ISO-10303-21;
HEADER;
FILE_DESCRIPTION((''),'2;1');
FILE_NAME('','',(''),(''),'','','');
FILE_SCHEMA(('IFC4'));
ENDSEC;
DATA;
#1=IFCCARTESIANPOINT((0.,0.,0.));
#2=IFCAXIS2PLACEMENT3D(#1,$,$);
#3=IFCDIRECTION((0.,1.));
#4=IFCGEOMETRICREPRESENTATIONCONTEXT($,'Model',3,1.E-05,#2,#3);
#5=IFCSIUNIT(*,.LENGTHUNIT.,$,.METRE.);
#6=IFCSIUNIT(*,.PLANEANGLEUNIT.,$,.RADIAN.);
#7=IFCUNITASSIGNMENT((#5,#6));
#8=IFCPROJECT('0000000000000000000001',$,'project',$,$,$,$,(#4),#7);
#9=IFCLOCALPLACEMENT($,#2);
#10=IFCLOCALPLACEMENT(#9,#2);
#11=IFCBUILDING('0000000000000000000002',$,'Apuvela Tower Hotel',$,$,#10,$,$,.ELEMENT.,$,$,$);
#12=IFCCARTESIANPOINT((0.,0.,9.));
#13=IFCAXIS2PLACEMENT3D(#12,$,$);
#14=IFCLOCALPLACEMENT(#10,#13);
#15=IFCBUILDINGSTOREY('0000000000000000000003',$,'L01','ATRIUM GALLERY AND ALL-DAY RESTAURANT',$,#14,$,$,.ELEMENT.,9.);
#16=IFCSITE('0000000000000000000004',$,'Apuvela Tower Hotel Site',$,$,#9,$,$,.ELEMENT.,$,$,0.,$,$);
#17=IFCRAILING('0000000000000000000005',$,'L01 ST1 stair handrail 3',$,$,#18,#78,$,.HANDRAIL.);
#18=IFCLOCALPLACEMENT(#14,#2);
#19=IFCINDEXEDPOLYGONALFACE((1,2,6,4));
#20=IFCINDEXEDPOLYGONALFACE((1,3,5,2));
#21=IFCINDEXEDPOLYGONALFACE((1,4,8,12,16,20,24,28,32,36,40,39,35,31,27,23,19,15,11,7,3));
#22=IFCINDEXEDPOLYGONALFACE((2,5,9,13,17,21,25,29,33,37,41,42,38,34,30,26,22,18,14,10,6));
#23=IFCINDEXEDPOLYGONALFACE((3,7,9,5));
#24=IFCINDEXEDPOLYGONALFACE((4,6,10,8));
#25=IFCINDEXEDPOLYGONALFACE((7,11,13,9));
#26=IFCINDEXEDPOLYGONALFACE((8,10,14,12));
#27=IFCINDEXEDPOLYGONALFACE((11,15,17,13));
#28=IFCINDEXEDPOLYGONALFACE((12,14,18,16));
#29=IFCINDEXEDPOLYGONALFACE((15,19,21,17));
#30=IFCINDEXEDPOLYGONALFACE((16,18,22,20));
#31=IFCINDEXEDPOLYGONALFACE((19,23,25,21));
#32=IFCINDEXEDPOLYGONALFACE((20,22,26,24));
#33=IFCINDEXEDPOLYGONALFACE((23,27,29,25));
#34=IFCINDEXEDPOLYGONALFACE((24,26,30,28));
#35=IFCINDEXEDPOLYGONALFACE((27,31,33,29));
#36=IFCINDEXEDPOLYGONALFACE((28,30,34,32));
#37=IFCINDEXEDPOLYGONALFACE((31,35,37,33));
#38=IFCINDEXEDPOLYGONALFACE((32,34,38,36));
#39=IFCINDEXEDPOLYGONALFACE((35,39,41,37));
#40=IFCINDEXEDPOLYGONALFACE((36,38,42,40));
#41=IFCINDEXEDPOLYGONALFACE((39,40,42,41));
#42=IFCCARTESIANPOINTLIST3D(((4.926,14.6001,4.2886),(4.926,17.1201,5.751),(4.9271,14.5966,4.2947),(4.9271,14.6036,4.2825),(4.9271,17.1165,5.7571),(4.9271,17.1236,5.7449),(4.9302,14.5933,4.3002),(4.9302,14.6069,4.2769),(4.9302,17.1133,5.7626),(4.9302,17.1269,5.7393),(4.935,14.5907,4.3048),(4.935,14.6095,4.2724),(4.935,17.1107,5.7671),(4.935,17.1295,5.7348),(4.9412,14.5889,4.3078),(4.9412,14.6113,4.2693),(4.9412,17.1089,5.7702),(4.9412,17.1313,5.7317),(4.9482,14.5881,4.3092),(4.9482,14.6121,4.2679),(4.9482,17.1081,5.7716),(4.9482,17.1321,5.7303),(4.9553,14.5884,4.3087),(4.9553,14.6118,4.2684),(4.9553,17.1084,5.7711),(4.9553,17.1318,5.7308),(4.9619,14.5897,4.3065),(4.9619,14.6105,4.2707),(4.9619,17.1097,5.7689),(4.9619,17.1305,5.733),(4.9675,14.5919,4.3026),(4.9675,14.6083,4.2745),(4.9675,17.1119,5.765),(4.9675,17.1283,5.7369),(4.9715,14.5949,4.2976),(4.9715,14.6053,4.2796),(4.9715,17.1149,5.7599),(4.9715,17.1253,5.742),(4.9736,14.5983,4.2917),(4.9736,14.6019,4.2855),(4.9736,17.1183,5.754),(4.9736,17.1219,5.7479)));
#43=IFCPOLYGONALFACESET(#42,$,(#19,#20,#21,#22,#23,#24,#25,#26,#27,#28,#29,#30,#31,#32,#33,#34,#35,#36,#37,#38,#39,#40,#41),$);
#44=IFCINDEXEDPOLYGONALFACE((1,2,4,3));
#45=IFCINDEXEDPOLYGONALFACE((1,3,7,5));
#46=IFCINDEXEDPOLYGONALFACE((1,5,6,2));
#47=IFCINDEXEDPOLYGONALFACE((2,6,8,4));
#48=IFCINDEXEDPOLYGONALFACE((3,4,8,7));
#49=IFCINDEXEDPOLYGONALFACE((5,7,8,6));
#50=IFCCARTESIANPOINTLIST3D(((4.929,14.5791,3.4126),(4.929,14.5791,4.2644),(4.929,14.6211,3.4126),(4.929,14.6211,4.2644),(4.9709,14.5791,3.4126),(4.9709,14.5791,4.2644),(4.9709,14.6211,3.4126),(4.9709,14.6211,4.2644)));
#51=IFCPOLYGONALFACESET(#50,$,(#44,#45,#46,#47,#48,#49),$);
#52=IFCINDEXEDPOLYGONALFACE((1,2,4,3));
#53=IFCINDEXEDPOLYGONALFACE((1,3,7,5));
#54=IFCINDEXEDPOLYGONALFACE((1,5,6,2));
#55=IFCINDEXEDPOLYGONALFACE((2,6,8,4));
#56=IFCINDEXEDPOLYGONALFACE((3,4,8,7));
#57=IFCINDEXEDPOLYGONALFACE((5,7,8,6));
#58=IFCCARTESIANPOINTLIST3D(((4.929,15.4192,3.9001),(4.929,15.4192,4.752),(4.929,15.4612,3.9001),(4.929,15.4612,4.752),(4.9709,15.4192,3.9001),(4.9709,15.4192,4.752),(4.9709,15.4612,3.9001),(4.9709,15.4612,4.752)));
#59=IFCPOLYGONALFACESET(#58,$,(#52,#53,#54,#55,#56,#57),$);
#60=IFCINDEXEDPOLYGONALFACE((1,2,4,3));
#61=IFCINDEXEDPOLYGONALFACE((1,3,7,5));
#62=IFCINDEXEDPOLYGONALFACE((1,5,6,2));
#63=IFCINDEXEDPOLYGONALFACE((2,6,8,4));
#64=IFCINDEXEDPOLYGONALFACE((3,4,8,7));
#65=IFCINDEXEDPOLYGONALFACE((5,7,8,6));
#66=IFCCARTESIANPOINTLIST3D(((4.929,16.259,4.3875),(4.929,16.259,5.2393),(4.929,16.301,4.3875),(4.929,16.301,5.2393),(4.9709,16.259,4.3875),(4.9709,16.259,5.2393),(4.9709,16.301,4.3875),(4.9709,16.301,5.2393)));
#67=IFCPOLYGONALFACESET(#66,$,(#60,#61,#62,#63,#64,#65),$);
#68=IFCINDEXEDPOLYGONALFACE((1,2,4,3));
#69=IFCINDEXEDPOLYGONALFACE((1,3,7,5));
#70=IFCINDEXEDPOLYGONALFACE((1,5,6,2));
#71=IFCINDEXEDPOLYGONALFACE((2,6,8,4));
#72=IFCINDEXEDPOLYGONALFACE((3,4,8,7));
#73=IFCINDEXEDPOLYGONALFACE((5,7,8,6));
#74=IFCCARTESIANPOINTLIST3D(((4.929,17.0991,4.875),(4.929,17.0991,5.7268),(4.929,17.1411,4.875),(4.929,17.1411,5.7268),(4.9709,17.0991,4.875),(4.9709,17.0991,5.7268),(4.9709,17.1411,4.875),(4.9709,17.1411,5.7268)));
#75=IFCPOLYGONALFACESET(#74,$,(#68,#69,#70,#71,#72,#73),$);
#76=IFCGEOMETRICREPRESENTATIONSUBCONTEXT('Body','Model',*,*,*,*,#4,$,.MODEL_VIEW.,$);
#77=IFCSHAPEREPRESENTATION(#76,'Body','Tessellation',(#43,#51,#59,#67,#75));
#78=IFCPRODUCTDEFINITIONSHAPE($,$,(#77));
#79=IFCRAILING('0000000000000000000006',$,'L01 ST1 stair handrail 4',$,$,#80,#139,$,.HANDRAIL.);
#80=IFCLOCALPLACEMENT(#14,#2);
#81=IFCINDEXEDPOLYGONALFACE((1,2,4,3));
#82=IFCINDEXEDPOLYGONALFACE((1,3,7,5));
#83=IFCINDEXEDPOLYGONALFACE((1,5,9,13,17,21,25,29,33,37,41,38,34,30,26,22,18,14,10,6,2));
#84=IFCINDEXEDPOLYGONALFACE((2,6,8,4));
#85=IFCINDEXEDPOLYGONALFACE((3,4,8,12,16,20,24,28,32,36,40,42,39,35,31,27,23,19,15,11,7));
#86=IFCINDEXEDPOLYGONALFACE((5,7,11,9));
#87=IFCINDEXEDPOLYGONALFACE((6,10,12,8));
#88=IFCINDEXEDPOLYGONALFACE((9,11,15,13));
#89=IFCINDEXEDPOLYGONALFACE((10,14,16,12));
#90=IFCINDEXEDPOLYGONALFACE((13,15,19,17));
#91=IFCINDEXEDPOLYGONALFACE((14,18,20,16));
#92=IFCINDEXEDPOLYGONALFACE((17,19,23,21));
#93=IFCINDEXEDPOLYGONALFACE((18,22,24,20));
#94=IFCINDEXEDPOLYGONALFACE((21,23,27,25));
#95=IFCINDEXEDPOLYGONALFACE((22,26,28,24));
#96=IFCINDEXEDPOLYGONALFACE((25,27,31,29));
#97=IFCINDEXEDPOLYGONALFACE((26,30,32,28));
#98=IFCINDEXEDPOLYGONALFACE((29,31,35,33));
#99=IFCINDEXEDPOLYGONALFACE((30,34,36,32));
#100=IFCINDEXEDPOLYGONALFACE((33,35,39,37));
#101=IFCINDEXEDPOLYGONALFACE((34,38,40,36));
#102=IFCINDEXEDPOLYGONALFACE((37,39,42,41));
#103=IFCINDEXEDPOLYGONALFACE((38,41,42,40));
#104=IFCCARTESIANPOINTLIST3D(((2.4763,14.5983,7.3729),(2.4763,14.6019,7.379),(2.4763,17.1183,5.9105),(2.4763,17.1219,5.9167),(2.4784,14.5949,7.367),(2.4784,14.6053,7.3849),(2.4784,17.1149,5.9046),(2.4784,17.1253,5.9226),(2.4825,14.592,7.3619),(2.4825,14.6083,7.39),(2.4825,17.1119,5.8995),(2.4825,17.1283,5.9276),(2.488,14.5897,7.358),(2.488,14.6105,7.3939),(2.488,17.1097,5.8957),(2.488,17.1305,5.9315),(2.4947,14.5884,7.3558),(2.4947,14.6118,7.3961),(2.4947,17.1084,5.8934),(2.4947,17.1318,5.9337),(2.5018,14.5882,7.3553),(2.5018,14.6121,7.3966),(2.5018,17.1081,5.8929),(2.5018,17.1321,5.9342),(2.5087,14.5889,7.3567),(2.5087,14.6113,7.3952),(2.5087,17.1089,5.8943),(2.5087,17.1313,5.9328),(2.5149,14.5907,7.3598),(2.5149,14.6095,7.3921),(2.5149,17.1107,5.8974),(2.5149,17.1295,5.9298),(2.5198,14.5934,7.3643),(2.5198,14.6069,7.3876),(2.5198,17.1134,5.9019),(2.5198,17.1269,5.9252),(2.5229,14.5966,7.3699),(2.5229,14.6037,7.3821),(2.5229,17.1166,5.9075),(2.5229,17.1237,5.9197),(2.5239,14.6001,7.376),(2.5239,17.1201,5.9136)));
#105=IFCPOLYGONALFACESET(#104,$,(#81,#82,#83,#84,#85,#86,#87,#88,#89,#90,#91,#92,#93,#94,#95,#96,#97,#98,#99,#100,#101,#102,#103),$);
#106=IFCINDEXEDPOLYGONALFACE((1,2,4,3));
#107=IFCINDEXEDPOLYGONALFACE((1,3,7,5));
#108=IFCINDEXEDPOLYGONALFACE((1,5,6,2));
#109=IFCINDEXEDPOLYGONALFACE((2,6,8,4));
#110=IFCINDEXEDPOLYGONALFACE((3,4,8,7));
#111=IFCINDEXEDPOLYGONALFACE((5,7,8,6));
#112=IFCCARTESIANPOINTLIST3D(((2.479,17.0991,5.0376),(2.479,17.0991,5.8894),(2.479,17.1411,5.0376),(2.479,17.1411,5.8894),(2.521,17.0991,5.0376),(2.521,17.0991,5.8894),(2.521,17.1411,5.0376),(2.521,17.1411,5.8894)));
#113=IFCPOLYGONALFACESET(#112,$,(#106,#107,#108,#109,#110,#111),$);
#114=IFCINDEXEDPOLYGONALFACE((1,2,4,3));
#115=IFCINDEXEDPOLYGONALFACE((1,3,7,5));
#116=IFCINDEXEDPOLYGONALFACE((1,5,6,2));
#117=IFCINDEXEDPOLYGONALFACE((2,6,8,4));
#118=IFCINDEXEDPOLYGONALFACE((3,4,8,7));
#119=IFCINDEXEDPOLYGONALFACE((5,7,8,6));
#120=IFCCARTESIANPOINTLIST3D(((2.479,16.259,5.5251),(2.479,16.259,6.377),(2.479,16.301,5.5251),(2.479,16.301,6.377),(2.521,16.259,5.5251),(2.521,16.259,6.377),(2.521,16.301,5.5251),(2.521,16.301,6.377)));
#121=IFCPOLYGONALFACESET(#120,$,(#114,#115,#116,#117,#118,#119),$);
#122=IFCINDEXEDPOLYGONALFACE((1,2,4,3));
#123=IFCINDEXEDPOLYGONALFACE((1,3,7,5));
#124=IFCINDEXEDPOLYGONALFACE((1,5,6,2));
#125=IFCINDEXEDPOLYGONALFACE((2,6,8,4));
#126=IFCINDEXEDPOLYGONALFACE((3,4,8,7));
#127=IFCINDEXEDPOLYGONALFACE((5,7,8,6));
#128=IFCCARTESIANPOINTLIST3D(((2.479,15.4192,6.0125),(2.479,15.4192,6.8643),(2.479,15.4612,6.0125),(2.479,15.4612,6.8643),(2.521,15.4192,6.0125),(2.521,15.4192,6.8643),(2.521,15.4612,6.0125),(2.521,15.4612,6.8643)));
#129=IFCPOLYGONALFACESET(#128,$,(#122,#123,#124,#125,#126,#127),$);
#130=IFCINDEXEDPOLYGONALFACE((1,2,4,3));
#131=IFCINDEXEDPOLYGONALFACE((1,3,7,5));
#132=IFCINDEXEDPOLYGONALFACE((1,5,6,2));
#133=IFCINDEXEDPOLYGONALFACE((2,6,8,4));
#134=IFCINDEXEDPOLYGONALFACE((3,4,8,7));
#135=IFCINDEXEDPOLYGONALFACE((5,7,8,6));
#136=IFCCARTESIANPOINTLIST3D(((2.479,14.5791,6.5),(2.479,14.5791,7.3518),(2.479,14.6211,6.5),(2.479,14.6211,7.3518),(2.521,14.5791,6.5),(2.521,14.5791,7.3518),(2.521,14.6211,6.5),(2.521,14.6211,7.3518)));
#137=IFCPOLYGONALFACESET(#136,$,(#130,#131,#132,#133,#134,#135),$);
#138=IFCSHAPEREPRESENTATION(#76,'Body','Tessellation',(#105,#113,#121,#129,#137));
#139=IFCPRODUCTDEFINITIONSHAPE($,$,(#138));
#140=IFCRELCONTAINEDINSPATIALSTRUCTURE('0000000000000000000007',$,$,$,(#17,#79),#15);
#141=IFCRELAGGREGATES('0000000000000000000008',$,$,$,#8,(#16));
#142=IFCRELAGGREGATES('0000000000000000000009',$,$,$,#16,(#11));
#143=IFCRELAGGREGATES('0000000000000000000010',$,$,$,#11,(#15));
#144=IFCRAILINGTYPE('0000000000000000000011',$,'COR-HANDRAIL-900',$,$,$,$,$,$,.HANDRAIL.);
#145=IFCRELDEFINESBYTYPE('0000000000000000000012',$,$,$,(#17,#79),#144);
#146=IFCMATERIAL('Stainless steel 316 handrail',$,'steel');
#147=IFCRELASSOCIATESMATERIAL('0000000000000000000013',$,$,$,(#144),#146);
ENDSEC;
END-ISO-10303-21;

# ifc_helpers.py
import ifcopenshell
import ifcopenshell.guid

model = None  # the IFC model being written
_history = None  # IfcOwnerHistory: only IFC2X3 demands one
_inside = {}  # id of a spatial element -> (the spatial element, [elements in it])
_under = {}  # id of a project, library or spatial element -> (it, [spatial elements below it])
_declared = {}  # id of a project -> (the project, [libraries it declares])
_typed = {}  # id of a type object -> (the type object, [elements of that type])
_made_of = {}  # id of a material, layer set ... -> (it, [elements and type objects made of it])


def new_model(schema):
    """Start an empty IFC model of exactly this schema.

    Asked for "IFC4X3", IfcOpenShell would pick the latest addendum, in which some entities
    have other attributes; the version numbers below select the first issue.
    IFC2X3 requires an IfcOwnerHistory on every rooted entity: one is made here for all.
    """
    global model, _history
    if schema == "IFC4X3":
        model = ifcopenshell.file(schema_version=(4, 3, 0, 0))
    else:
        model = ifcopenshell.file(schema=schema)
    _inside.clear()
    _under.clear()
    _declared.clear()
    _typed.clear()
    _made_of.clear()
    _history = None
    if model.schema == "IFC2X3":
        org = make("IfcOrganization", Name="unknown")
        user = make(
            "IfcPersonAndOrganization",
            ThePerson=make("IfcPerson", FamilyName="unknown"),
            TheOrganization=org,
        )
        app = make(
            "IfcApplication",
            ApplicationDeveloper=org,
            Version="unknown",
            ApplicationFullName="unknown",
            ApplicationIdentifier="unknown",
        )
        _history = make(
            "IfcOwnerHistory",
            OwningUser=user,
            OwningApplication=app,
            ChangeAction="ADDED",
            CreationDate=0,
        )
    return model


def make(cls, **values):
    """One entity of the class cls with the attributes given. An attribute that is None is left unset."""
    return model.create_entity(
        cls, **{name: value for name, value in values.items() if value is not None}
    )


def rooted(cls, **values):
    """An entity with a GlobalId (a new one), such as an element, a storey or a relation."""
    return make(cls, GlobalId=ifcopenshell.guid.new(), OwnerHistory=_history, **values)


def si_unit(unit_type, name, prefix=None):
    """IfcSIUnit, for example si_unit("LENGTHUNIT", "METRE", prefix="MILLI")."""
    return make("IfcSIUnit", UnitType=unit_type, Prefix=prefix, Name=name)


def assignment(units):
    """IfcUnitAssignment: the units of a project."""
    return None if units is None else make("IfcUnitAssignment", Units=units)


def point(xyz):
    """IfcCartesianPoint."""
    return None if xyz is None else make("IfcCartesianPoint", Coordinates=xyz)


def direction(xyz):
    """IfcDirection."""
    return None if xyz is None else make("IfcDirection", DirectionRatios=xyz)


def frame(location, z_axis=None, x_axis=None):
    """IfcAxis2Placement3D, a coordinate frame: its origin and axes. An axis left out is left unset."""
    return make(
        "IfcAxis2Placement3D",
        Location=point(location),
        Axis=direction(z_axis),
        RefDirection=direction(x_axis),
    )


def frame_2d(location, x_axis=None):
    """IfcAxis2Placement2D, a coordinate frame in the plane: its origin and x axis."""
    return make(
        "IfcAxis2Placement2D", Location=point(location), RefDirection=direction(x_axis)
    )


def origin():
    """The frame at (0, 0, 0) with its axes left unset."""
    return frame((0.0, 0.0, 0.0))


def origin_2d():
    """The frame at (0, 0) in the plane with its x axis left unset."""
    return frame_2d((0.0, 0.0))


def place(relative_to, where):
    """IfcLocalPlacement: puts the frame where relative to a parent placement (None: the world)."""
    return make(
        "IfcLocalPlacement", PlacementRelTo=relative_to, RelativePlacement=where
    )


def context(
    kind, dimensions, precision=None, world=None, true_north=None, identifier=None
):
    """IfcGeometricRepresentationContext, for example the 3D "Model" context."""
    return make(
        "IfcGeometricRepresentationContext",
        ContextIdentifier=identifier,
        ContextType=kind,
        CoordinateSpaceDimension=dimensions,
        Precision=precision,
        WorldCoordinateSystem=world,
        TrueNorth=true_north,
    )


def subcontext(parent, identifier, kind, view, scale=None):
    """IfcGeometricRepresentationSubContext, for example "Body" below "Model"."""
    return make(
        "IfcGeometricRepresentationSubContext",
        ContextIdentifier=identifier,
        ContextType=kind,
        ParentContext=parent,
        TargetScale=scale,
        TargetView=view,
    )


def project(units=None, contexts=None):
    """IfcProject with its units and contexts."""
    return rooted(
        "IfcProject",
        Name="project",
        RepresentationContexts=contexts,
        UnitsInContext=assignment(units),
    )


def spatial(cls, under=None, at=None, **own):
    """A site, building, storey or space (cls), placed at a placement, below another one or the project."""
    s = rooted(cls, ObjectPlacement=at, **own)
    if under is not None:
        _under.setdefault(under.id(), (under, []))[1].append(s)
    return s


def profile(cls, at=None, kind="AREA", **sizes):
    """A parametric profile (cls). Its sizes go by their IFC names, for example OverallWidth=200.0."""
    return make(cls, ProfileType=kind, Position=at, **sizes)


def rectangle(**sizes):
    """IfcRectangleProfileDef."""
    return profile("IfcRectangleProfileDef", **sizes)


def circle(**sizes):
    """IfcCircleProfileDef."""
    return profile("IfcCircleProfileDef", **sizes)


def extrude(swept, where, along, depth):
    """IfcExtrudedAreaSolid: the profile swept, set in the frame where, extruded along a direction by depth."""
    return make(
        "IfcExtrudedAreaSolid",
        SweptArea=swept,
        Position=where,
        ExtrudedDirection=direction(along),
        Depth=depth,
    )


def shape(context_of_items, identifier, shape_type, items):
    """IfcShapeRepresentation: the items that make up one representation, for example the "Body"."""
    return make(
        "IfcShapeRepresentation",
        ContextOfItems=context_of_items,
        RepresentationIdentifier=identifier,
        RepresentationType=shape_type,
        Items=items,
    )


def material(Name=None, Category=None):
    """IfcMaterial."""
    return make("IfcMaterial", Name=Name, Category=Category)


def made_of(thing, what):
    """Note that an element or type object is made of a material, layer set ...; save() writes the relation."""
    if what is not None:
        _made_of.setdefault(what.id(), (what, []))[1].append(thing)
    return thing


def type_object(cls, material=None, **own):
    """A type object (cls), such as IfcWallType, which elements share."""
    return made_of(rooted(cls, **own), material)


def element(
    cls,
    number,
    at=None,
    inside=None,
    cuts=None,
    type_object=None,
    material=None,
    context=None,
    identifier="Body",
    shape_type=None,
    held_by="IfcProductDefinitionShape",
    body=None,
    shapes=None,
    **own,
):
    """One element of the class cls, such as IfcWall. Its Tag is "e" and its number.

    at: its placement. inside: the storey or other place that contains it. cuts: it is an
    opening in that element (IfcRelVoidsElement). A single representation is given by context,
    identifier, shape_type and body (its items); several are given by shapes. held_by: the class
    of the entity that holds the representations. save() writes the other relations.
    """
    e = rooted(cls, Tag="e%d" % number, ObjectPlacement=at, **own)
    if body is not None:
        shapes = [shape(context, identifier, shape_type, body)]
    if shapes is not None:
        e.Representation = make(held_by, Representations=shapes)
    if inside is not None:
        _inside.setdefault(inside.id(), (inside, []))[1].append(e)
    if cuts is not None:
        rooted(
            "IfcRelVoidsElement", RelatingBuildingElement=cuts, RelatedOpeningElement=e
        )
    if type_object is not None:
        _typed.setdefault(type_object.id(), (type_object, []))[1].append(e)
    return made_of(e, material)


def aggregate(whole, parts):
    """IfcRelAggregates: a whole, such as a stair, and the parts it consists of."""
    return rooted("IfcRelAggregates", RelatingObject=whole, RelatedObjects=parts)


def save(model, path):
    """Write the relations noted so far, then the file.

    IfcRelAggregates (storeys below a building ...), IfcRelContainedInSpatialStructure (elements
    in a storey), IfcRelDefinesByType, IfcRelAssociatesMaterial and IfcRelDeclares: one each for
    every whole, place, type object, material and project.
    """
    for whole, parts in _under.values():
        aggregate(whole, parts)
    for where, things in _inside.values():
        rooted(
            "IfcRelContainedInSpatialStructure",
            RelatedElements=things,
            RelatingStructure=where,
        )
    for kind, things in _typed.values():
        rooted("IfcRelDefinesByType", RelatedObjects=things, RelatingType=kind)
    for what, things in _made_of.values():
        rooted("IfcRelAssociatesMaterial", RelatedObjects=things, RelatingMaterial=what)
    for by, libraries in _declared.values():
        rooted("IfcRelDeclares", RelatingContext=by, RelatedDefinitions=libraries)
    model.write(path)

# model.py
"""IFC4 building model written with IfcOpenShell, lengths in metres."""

from ifc_helpers import new_model, si_unit, direction, frame, origin, origin_2d, place, context, subcontext, project, spatial, rectangle, circle, extrude, material, type_object, element, save


model = new_model("IFC4")

# Units and contexts
model_context = context("Model", 3, precision=1e-05, world=origin(), true_north=direction((0.0, 1.0)))
body_context = subcontext(model_context, "Body", "Model", "MODEL_VIEW")
ifc_project = project(units=[si_unit("LENGTHUNIT", "METRE"), si_unit("PLANEANGLEUNIT", "RADIAN")], contexts=[model_context])

# Site, building, storey
site_placement = place(None, origin())
site = spatial("IfcSite", under=ifc_project, at=site_placement, Name="Apuvela Tower Hotel Site", CompositionType="ELEMENT", RefElevation=0.0)
building_placement = place(site_placement, origin())
building = spatial("IfcBuilding", under=site, at=building_placement, Name="Apuvela Tower Hotel", CompositionType="ELEMENT")
storey_placement = place(building_placement, frame((0.0, 0.0, 9.0)))
storey = spatial("IfcBuildingStorey", under=building, at=storey_placement, Name="L01", Description="ATRIUM GALLERY AND ALL-DAY RESTAURANT", CompositionType="ELEMENT", Elevation=9.0)

# Railings
ifc_material_1 = material(Name="Stainless steel 316 handrail", Category="steel")
railing_type_1 = type_object("IfcRailingType", Name="COR-HANDRAIL-900", PredefinedType="HANDRAIL", material=ifc_material_1)
railing_1_placement = place(storey_placement, frame((4.95, 14.6001, 3.4126)))
element("IfcRailing", 1, at=railing_1_placement, inside=storey, type_object=railing_type_1, Name="L01 ST1 stair handrail 3", PredefinedType="HANDRAIL", context=body_context, shape_type="SweptSolid", body=[
    extrude(circle(Radius=0.0239, at=origin_2d()), frame((0.0, 0.0, 0.876), z_axis=(0.0, 0.864913, 0.501921), x_axis=(-1.0, 0.0, 0.0)), (0.0, 0.0, 1.0), 2.9136),
    extrude(rectangle(XDim=0.042, YDim=0.042, at=origin_2d()), origin(), (0.0, 0.0, 1.0), 0.8518),
    extrude(rectangle(XDim=0.042, YDim=0.042, at=origin_2d()), frame((0.0, 0.8401, 0.4875)), (0.0, 0.0, 1.0), 0.8518),
    extrude(rectangle(XDim=0.042, YDim=0.042, at=origin_2d()), frame((0.0, 1.6799, 0.9749)), (0.0, 0.0, 1.0), 0.8518),
    extrude(rectangle(XDim=0.042, YDim=0.042, at=origin_2d()), frame((0.0, 2.52, 1.4624)), (0.0, 0.0, 1.0), 0.8518),
])
railing_2_placement = place(storey_placement, frame((2.5, 17.1201, 5.0376)))
element("IfcRailing", 2, at=railing_2_placement, inside=storey, type_object=railing_type_1, Name="L01 ST1 stair handrail 4", PredefinedType="HANDRAIL", context=body_context, shape_type="SweptSolid", body=[
    extrude(circle(Radius=0.0239, at=origin_2d()), frame((0.0, 0.0, 0.876), z_axis=(0.0, -0.864913, 0.501921), x_axis=(1.0, 0.0, 0.0)), (0.0, 0.0, 1.0), 2.9136),
    extrude(rectangle(XDim=0.042, YDim=0.042, at=origin_2d()), origin(), (0.0, 0.0, 1.0), 0.8518),
    extrude(rectangle(XDim=0.042, YDim=0.042, at=origin_2d()), frame((0.0, -0.8401, 0.4875)), (0.0, 0.0, 1.0), 0.8518),
    extrude(rectangle(XDim=0.042, YDim=0.042, at=origin_2d()), frame((0.0, -1.6799, 0.9749)), (0.0, 0.0, 1.0), 0.8518),
    extrude(rectangle(XDim=0.042, YDim=0.042, at=origin_2d()), frame((0.0, -2.52, 1.4624)), (0.0, 0.0, 1.0), 0.8518),
])

save(model, "model.ifc")
